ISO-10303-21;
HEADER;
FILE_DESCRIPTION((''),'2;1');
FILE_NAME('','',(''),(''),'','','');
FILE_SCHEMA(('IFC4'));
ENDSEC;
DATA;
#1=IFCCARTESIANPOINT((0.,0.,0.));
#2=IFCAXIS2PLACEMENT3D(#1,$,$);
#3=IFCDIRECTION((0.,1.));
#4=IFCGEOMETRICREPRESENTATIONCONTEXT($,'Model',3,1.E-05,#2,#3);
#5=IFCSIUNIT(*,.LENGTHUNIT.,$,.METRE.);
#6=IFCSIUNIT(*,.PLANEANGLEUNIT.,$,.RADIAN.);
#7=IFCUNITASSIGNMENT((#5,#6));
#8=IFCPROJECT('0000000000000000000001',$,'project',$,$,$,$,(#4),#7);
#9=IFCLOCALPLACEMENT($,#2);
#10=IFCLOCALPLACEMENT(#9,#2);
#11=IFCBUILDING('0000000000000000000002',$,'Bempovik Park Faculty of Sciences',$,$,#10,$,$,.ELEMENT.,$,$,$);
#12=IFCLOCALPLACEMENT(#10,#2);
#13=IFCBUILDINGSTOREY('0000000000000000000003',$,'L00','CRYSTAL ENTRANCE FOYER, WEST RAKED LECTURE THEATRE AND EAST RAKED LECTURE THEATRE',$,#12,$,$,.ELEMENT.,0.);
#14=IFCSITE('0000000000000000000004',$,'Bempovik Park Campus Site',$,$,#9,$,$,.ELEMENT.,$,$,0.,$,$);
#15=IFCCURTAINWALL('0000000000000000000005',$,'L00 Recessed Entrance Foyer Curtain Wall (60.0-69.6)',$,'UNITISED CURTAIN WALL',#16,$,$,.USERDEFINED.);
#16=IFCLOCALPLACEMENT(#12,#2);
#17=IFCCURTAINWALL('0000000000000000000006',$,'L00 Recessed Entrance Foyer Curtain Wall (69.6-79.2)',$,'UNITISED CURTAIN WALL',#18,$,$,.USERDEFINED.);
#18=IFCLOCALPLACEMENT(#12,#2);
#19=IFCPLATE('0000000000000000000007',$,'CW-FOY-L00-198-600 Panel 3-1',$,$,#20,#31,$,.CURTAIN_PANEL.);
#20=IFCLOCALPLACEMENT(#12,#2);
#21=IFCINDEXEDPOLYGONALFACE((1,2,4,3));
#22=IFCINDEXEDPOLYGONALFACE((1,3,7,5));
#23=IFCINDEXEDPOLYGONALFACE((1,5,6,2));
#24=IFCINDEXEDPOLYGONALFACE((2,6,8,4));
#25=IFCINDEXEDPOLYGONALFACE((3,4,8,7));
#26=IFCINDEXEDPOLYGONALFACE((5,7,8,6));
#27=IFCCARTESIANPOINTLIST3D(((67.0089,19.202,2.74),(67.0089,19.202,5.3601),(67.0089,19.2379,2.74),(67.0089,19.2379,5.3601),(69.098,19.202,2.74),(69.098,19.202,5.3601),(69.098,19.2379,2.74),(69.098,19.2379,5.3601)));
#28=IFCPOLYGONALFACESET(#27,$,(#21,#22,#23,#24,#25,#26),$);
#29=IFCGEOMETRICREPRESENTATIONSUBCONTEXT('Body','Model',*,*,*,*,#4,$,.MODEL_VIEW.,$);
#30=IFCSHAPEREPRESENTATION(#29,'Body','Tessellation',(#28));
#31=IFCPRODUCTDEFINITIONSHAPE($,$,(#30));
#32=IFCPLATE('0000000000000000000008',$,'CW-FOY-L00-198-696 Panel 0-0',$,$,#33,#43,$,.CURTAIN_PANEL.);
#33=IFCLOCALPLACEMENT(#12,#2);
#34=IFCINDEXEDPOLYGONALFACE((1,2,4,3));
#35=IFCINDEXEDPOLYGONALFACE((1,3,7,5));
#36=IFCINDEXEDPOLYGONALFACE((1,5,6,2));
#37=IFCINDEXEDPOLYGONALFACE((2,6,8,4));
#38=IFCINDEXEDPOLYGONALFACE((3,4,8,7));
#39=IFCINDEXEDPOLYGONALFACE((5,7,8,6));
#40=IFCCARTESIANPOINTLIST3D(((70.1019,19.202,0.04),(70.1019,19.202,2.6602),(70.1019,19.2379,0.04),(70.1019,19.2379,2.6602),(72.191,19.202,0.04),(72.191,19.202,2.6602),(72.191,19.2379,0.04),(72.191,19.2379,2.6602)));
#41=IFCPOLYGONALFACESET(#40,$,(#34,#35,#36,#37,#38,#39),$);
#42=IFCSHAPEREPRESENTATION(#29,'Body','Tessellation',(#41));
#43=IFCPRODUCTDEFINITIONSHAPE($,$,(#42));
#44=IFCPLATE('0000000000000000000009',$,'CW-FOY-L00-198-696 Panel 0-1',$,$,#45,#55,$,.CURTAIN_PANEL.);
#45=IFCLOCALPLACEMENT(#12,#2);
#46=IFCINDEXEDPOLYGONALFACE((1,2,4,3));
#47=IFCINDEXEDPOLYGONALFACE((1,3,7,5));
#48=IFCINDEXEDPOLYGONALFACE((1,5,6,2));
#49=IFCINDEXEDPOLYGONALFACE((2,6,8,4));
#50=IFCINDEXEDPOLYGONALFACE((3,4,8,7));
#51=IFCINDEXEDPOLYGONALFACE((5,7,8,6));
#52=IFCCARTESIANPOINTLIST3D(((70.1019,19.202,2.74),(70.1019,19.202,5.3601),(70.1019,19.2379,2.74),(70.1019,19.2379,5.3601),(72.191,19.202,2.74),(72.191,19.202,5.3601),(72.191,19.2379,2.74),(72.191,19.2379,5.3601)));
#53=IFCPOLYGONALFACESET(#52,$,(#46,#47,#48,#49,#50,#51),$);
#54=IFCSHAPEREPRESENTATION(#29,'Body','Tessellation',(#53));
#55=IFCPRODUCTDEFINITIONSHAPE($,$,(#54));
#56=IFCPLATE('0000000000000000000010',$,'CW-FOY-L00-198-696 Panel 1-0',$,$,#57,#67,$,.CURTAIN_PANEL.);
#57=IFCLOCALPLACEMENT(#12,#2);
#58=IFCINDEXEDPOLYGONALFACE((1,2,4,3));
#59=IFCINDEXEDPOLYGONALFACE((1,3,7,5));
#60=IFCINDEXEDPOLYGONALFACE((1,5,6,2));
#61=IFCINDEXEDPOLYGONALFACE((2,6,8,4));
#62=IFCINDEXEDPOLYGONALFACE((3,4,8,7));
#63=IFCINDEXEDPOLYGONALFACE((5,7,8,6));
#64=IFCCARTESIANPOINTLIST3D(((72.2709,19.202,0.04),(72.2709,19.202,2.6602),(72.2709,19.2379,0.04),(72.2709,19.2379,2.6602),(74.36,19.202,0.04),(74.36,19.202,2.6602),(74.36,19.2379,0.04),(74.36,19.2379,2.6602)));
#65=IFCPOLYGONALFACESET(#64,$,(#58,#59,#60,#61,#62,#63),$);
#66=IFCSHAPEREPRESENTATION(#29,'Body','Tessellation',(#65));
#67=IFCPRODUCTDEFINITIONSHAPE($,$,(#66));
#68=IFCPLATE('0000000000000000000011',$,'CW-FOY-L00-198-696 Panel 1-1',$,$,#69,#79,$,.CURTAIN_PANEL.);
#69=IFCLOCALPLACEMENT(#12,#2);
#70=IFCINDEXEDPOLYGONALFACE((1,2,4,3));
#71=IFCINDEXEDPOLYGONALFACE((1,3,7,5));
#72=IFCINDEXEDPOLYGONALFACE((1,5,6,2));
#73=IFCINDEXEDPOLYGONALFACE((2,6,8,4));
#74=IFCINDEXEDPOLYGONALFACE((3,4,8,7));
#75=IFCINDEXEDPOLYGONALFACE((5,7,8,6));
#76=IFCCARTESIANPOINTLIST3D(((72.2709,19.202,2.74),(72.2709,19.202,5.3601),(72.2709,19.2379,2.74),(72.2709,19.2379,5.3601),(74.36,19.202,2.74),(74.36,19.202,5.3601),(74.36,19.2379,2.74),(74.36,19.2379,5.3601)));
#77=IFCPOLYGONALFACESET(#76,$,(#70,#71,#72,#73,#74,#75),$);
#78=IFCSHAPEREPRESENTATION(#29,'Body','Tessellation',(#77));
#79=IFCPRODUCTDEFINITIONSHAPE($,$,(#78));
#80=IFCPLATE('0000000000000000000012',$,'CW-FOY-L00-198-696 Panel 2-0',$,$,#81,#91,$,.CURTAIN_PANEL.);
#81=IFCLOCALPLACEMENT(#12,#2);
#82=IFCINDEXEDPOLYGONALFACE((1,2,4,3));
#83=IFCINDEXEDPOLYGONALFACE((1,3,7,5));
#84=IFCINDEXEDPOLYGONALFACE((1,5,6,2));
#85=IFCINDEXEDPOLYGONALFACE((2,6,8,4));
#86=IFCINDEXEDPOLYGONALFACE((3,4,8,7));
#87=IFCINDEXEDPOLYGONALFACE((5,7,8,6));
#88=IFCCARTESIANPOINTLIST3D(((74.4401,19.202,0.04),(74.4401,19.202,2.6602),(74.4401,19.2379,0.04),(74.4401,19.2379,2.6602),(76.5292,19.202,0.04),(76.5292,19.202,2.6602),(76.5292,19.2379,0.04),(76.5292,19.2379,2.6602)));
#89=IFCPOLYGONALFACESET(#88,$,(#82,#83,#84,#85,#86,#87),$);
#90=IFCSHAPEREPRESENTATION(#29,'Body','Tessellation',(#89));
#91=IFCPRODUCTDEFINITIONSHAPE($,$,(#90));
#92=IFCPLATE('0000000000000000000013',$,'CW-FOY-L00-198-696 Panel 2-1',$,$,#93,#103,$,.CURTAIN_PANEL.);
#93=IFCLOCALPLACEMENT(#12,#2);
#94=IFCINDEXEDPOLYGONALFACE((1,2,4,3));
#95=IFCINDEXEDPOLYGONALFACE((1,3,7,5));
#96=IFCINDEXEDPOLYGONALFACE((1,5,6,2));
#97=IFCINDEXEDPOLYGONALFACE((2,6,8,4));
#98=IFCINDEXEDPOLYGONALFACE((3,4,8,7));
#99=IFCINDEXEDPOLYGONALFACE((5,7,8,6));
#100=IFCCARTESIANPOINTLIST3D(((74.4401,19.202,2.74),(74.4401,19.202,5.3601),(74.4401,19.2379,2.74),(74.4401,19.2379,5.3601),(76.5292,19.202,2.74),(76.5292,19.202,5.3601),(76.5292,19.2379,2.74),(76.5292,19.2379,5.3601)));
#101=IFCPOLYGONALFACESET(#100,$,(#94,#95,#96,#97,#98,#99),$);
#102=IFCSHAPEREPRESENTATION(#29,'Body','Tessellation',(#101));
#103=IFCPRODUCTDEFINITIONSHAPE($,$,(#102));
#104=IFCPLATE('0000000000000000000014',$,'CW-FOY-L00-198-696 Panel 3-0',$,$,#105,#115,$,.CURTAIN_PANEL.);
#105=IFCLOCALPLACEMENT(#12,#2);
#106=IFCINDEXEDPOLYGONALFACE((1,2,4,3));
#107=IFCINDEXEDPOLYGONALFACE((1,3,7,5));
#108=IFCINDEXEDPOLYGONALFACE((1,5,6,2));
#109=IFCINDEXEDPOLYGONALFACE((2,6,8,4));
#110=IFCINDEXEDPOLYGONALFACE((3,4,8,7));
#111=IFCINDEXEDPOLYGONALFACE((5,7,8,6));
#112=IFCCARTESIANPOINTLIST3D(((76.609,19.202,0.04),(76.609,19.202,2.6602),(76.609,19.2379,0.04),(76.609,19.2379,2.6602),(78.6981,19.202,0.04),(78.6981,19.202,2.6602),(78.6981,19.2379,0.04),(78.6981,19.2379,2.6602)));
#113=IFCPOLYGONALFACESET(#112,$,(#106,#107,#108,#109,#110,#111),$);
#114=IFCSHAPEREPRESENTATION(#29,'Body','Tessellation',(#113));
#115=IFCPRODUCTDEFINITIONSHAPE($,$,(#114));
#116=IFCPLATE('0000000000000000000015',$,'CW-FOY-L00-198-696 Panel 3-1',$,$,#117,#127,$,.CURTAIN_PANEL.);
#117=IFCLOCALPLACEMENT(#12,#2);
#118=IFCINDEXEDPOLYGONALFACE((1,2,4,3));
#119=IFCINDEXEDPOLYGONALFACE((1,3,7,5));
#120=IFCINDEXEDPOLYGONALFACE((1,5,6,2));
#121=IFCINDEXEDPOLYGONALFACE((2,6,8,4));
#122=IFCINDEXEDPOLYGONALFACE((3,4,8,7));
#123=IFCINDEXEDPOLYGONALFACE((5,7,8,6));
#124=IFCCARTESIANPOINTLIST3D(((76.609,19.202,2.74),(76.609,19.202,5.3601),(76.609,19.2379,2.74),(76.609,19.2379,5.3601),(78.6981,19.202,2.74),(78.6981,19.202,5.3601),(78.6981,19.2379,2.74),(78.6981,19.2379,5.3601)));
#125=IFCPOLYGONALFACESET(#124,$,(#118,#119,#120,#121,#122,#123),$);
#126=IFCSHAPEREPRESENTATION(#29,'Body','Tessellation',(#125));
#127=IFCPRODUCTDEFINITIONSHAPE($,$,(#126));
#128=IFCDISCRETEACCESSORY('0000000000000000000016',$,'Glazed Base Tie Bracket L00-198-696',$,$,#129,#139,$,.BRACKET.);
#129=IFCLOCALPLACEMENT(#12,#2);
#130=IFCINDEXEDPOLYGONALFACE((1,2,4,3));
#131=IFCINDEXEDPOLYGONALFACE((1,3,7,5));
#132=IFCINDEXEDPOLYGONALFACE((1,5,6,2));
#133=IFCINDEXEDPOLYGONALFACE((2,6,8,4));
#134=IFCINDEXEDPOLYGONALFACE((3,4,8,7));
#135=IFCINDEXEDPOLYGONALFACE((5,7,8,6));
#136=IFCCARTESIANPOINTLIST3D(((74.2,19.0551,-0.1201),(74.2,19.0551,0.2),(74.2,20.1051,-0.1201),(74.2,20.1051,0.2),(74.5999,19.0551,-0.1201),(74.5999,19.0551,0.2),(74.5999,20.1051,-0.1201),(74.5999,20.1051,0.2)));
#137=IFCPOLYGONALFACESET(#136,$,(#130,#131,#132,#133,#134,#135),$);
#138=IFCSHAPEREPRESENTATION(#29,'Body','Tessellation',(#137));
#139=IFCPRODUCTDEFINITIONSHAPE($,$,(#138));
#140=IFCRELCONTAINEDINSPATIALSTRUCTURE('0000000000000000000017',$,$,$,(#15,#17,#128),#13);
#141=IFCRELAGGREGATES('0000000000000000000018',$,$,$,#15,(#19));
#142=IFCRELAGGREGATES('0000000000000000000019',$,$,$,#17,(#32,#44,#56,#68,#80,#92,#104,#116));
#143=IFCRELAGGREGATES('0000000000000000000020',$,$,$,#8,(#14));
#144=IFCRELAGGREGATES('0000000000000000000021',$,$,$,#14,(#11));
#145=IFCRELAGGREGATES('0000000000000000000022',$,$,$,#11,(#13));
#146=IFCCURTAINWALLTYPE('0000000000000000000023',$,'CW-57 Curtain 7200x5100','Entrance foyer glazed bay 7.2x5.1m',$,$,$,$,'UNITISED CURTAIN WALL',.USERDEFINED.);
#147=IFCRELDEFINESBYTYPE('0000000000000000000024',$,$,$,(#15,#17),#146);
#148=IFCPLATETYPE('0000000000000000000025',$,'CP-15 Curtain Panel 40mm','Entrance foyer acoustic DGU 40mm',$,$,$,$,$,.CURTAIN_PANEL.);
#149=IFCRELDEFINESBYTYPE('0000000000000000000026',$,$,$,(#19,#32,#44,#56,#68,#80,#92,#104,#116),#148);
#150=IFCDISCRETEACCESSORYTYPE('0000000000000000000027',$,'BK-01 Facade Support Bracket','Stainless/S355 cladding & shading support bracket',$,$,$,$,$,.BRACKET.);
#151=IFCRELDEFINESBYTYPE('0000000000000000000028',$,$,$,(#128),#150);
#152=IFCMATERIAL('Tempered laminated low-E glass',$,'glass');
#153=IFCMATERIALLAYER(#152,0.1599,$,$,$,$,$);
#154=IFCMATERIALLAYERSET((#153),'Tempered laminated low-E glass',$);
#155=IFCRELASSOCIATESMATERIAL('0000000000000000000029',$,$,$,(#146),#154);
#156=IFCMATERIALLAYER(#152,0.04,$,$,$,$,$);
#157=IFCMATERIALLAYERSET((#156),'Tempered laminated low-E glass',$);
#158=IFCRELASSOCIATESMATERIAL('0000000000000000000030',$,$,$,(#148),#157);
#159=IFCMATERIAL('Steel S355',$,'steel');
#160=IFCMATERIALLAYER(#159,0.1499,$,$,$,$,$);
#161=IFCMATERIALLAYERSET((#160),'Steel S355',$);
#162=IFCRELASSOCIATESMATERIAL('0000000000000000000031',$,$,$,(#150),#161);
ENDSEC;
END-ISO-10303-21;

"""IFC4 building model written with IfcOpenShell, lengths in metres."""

from ifc_helpers import new_model, si_unit, direction, frame, origin, origin_2d, place, context, subcontext, project, spatial, rectangle, extrude, material, layer, layer_set, type_object, element, aggregate, save


model = new_model("IFC4")

# Units and contexts
model_context = context("Model", 3, precision=1e-05, world=origin(), true_north=direction((0.0, 1.0)))
body_context = subcontext(model_context, "Body", "Model", "MODEL_VIEW")
ifc_project = project(units=[si_unit("LENGTHUNIT", "METRE"), si_unit("PLANEANGLEUNIT", "RADIAN")], contexts=[model_context])

# Site, building, storey
site_placement = place(None, origin())
site = spatial("IfcSite", under=ifc_project, at=site_placement, Name="Bempovik Park Campus Site", CompositionType="ELEMENT", RefElevation=0.0)
building_placement = place(site_placement, origin())
building = spatial("IfcBuilding", under=site, at=building_placement, Name="Bempovik Park Faculty of Sciences", CompositionType="ELEMENT")
storey_placement = place(building_placement, origin())
storey = spatial("IfcBuildingStorey", under=building, at=storey_placement, Name="L00", Description="CRYSTAL ENTRANCE FOYER, WEST RAKED LECTURE THEATRE AND EAST RAKED LECTURE THEATRE", CompositionType="ELEMENT", Elevation=0.0)

# Curtain walls
ifc_material_1 = material(Name="Tempered laminated low-E glass", Category="glass")
ifc_layer_1 = layer(ifc_material_1, 0.1599)
ifc_layer_set_1 = layer_set([ifc_layer_1], Name="Tempered laminated low-E glass")
curtain_wall_type_1 = type_object("IfcCurtainWallType", Name="CW-57 Curtain 7200x5100", Description="Entrance foyer glazed bay 7.2x5.1m", ElementType="UNITISED CURTAIN WALL", PredefinedType="USERDEFINED", material=ifc_layer_set_1)
curtain_wall_1_placement = place(storey_placement, origin())
curtain_wall_1 = element("IfcCurtainWall", 1, at=curtain_wall_1_placement, inside=storey, type_object=curtain_wall_type_1, Name="L00 Recessed Entrance Foyer Curtain Wall (60.0-69.6)", ObjectType="UNITISED CURTAIN WALL", PredefinedType="USERDEFINED")
curtain_wall_2_placement = place(storey_placement, origin())
curtain_wall_2 = element("IfcCurtainWall", 2, at=curtain_wall_2_placement, inside=storey, type_object=curtain_wall_type_1, Name="L00 Recessed Entrance Foyer Curtain Wall (69.6-79.2)", ObjectType="UNITISED CURTAIN WALL", PredefinedType="USERDEFINED")

# Plates
ifc_layer_2 = layer(ifc_material_1, 0.04)
ifc_layer_set_2 = layer_set([ifc_layer_2], Name="Tempered laminated low-E glass")
plate_type = type_object("IfcPlateType", Name="CP-15 Curtain Panel 40mm", Description="Entrance foyer acoustic DGU 40mm", PredefinedType="CURTAIN_PANEL", material=ifc_layer_set_2)
plate_1_placement = place(storey_placement, frame((68.0535, 19.22, 2.74), z_axis=(0.0, 0.0, 1.0), x_axis=(1.0, 0.0, 0.0)))
plate_1 = element("IfcPlate", 3, at=plate_1_placement, type_object=plate_type, Name="CW-FOY-L00-198-600 Panel 3-1", PredefinedType="CURTAIN_PANEL", context=body_context, shape_type="SweptSolid", body=[
    extrude(rectangle(XDim=2.0891, YDim=0.0359, at=origin_2d()), origin(), (0.0, 0.0, 1.0), 2.6201),
])
aggregate(curtain_wall_1, [plate_1])
plate_2_placement = place(storey_placement, frame((71.1465, 19.22, 0.04), z_axis=(0.0, 0.0, 1.0), x_axis=(1.0, 0.0, 0.0)))
plate_2 = element("IfcPlate", 4, at=plate_2_placement, type_object=plate_type, Name="CW-FOY-L00-198-696 Panel 0-0", PredefinedType="CURTAIN_PANEL", context=body_context, shape_type="SweptSolid", body=[
    extrude(rectangle(XDim=2.0891, YDim=0.0359, at=origin_2d()), origin(), (0.0, 0.0, 1.0), 2.6201),
])
plate_3_placement = place(storey_placement, frame((71.1465, 19.22, 2.74), z_axis=(0.0, 0.0, 1.0), x_axis=(1.0, 0.0, 0.0)))
plate_3 = element("IfcPlate", 5, at=plate_3_placement, type_object=plate_type, Name="CW-FOY-L00-198-696 Panel 0-1", PredefinedType="CURTAIN_PANEL", context=body_context, shape_type="SweptSolid", body=[
    extrude(rectangle(XDim=2.0891, YDim=0.0359, at=origin_2d()), origin(), (0.0, 0.0, 1.0), 2.6201),
])
plate_4_placement = place(storey_placement, frame((73.3154, 19.22, 0.04), z_axis=(0.0, 0.0, 1.0), x_axis=(1.0, 0.0, 0.0)))
plate_4 = element("IfcPlate", 6, at=plate_4_placement, type_object=plate_type, Name="CW-FOY-L00-198-696 Panel 1-0", PredefinedType="CURTAIN_PANEL", context=body_context, shape_type="SweptSolid", body=[
    extrude(rectangle(XDim=2.0891, YDim=0.0359, at=origin_2d()), origin(), (0.0, 0.0, 1.0), 2.6201),
])
plate_5_placement = place(storey_placement, frame((73.3154, 19.22, 2.74), z_axis=(0.0, 0.0, 1.0), x_axis=(1.0, 0.0, 0.0)))
plate_5 = element("IfcPlate", 7, at=plate_5_placement, type_object=plate_type, Name="CW-FOY-L00-198-696 Panel 1-1", PredefinedType="CURTAIN_PANEL", context=body_context, shape_type="SweptSolid", body=[
    extrude(rectangle(XDim=2.0891, YDim=0.0359, at=origin_2d()), origin(), (0.0, 0.0, 1.0), 2.6201),
])
plate_6_placement = place(storey_placement, frame((75.4846, 19.22, 0.04), z_axis=(0.0, 0.0, 1.0), x_axis=(1.0, 0.0, 0.0)))
plate_6 = element("IfcPlate", 8, at=plate_6_placement, type_object=plate_type, Name="CW-FOY-L00-198-696 Panel 2-0", PredefinedType="CURTAIN_PANEL", context=body_context, shape_type="SweptSolid", body=[
    extrude(rectangle(XDim=2.0891, YDim=0.0359, at=origin_2d()), origin(), (0.0, 0.0, 1.0), 2.6201),
])
plate_7_placement = place(storey_placement, frame((75.4846, 19.22, 2.74), z_axis=(0.0, 0.0, 1.0), x_axis=(1.0, 0.0, 0.0)))
plate_7 = element("IfcPlate", 9, at=plate_7_placement, type_object=plate_type, Name="CW-FOY-L00-198-696 Panel 2-1", PredefinedType="CURTAIN_PANEL", context=body_context, shape_type="SweptSolid", body=[
    extrude(rectangle(XDim=2.0891, YDim=0.0359, at=origin_2d()), origin(), (0.0, 0.0, 1.0), 2.6201),
])
plate_8_placement = place(storey_placement, frame((77.6536, 19.22, 0.04), z_axis=(0.0, 0.0, 1.0), x_axis=(1.0, 0.0, 0.0)))
plate_8 = element("IfcPlate", 10, at=plate_8_placement, type_object=plate_type, Name="CW-FOY-L00-198-696 Panel 3-0", PredefinedType="CURTAIN_PANEL", context=body_context, shape_type="SweptSolid", body=[
    extrude(rectangle(XDim=2.0891, YDim=0.0359, at=origin_2d()), origin(), (0.0, 0.0, 1.0), 2.6201),
])
plate_9_placement = place(storey_placement, frame((77.6536, 19.22, 2.74), z_axis=(0.0, 0.0, 1.0), x_axis=(1.0, 0.0, 0.0)))
plate_9 = element("IfcPlate", 11, at=plate_9_placement, type_object=plate_type, Name="CW-FOY-L00-198-696 Panel 3-1", PredefinedType="CURTAIN_PANEL", context=body_context, shape_type="SweptSolid", body=[
    extrude(rectangle(XDim=2.0891, YDim=0.0359, at=origin_2d()), origin(), (0.0, 0.0, 1.0), 2.6201),
])
aggregate(curtain_wall_2, [plate_2, plate_3, plate_4, plate_5, plate_6, plate_7, plate_8, plate_9])

# Discrete accessory
ifc_material_2 = material(Name="Steel S355", Category="steel")
ifc_layer_3 = layer(ifc_material_2, 0.1499)
ifc_layer_set_3 = layer_set([ifc_layer_3], Name="Steel S355")
discrete_accessory_type = type_object("IfcDiscreteAccessoryType", Name="BK-01 Facade Support Bracket", Description="Stainless/S355 cladding & shading support bracket", PredefinedType="BRACKET", material=ifc_layer_set_3)
discrete_accessory_placement = place(storey_placement, frame((74.3999, 19.5801, -0.1201), z_axis=(0.0, 0.0, 1.0), x_axis=(1.0, 0.0, 0.0)))
element("IfcDiscreteAccessory", 12, at=discrete_accessory_placement, inside=storey, type_object=discrete_accessory_type, Name="Glazed Base Tie Bracket L00-198-696", PredefinedType="BRACKET", context=body_context, shape_type="SweptSolid", body=[
    extrude(rectangle(XDim=0.3999, YDim=1.05, at=origin_2d()), origin(), (0.0, 0.0, 1.0), 0.3201),
])

save(model, "model.ifc")
